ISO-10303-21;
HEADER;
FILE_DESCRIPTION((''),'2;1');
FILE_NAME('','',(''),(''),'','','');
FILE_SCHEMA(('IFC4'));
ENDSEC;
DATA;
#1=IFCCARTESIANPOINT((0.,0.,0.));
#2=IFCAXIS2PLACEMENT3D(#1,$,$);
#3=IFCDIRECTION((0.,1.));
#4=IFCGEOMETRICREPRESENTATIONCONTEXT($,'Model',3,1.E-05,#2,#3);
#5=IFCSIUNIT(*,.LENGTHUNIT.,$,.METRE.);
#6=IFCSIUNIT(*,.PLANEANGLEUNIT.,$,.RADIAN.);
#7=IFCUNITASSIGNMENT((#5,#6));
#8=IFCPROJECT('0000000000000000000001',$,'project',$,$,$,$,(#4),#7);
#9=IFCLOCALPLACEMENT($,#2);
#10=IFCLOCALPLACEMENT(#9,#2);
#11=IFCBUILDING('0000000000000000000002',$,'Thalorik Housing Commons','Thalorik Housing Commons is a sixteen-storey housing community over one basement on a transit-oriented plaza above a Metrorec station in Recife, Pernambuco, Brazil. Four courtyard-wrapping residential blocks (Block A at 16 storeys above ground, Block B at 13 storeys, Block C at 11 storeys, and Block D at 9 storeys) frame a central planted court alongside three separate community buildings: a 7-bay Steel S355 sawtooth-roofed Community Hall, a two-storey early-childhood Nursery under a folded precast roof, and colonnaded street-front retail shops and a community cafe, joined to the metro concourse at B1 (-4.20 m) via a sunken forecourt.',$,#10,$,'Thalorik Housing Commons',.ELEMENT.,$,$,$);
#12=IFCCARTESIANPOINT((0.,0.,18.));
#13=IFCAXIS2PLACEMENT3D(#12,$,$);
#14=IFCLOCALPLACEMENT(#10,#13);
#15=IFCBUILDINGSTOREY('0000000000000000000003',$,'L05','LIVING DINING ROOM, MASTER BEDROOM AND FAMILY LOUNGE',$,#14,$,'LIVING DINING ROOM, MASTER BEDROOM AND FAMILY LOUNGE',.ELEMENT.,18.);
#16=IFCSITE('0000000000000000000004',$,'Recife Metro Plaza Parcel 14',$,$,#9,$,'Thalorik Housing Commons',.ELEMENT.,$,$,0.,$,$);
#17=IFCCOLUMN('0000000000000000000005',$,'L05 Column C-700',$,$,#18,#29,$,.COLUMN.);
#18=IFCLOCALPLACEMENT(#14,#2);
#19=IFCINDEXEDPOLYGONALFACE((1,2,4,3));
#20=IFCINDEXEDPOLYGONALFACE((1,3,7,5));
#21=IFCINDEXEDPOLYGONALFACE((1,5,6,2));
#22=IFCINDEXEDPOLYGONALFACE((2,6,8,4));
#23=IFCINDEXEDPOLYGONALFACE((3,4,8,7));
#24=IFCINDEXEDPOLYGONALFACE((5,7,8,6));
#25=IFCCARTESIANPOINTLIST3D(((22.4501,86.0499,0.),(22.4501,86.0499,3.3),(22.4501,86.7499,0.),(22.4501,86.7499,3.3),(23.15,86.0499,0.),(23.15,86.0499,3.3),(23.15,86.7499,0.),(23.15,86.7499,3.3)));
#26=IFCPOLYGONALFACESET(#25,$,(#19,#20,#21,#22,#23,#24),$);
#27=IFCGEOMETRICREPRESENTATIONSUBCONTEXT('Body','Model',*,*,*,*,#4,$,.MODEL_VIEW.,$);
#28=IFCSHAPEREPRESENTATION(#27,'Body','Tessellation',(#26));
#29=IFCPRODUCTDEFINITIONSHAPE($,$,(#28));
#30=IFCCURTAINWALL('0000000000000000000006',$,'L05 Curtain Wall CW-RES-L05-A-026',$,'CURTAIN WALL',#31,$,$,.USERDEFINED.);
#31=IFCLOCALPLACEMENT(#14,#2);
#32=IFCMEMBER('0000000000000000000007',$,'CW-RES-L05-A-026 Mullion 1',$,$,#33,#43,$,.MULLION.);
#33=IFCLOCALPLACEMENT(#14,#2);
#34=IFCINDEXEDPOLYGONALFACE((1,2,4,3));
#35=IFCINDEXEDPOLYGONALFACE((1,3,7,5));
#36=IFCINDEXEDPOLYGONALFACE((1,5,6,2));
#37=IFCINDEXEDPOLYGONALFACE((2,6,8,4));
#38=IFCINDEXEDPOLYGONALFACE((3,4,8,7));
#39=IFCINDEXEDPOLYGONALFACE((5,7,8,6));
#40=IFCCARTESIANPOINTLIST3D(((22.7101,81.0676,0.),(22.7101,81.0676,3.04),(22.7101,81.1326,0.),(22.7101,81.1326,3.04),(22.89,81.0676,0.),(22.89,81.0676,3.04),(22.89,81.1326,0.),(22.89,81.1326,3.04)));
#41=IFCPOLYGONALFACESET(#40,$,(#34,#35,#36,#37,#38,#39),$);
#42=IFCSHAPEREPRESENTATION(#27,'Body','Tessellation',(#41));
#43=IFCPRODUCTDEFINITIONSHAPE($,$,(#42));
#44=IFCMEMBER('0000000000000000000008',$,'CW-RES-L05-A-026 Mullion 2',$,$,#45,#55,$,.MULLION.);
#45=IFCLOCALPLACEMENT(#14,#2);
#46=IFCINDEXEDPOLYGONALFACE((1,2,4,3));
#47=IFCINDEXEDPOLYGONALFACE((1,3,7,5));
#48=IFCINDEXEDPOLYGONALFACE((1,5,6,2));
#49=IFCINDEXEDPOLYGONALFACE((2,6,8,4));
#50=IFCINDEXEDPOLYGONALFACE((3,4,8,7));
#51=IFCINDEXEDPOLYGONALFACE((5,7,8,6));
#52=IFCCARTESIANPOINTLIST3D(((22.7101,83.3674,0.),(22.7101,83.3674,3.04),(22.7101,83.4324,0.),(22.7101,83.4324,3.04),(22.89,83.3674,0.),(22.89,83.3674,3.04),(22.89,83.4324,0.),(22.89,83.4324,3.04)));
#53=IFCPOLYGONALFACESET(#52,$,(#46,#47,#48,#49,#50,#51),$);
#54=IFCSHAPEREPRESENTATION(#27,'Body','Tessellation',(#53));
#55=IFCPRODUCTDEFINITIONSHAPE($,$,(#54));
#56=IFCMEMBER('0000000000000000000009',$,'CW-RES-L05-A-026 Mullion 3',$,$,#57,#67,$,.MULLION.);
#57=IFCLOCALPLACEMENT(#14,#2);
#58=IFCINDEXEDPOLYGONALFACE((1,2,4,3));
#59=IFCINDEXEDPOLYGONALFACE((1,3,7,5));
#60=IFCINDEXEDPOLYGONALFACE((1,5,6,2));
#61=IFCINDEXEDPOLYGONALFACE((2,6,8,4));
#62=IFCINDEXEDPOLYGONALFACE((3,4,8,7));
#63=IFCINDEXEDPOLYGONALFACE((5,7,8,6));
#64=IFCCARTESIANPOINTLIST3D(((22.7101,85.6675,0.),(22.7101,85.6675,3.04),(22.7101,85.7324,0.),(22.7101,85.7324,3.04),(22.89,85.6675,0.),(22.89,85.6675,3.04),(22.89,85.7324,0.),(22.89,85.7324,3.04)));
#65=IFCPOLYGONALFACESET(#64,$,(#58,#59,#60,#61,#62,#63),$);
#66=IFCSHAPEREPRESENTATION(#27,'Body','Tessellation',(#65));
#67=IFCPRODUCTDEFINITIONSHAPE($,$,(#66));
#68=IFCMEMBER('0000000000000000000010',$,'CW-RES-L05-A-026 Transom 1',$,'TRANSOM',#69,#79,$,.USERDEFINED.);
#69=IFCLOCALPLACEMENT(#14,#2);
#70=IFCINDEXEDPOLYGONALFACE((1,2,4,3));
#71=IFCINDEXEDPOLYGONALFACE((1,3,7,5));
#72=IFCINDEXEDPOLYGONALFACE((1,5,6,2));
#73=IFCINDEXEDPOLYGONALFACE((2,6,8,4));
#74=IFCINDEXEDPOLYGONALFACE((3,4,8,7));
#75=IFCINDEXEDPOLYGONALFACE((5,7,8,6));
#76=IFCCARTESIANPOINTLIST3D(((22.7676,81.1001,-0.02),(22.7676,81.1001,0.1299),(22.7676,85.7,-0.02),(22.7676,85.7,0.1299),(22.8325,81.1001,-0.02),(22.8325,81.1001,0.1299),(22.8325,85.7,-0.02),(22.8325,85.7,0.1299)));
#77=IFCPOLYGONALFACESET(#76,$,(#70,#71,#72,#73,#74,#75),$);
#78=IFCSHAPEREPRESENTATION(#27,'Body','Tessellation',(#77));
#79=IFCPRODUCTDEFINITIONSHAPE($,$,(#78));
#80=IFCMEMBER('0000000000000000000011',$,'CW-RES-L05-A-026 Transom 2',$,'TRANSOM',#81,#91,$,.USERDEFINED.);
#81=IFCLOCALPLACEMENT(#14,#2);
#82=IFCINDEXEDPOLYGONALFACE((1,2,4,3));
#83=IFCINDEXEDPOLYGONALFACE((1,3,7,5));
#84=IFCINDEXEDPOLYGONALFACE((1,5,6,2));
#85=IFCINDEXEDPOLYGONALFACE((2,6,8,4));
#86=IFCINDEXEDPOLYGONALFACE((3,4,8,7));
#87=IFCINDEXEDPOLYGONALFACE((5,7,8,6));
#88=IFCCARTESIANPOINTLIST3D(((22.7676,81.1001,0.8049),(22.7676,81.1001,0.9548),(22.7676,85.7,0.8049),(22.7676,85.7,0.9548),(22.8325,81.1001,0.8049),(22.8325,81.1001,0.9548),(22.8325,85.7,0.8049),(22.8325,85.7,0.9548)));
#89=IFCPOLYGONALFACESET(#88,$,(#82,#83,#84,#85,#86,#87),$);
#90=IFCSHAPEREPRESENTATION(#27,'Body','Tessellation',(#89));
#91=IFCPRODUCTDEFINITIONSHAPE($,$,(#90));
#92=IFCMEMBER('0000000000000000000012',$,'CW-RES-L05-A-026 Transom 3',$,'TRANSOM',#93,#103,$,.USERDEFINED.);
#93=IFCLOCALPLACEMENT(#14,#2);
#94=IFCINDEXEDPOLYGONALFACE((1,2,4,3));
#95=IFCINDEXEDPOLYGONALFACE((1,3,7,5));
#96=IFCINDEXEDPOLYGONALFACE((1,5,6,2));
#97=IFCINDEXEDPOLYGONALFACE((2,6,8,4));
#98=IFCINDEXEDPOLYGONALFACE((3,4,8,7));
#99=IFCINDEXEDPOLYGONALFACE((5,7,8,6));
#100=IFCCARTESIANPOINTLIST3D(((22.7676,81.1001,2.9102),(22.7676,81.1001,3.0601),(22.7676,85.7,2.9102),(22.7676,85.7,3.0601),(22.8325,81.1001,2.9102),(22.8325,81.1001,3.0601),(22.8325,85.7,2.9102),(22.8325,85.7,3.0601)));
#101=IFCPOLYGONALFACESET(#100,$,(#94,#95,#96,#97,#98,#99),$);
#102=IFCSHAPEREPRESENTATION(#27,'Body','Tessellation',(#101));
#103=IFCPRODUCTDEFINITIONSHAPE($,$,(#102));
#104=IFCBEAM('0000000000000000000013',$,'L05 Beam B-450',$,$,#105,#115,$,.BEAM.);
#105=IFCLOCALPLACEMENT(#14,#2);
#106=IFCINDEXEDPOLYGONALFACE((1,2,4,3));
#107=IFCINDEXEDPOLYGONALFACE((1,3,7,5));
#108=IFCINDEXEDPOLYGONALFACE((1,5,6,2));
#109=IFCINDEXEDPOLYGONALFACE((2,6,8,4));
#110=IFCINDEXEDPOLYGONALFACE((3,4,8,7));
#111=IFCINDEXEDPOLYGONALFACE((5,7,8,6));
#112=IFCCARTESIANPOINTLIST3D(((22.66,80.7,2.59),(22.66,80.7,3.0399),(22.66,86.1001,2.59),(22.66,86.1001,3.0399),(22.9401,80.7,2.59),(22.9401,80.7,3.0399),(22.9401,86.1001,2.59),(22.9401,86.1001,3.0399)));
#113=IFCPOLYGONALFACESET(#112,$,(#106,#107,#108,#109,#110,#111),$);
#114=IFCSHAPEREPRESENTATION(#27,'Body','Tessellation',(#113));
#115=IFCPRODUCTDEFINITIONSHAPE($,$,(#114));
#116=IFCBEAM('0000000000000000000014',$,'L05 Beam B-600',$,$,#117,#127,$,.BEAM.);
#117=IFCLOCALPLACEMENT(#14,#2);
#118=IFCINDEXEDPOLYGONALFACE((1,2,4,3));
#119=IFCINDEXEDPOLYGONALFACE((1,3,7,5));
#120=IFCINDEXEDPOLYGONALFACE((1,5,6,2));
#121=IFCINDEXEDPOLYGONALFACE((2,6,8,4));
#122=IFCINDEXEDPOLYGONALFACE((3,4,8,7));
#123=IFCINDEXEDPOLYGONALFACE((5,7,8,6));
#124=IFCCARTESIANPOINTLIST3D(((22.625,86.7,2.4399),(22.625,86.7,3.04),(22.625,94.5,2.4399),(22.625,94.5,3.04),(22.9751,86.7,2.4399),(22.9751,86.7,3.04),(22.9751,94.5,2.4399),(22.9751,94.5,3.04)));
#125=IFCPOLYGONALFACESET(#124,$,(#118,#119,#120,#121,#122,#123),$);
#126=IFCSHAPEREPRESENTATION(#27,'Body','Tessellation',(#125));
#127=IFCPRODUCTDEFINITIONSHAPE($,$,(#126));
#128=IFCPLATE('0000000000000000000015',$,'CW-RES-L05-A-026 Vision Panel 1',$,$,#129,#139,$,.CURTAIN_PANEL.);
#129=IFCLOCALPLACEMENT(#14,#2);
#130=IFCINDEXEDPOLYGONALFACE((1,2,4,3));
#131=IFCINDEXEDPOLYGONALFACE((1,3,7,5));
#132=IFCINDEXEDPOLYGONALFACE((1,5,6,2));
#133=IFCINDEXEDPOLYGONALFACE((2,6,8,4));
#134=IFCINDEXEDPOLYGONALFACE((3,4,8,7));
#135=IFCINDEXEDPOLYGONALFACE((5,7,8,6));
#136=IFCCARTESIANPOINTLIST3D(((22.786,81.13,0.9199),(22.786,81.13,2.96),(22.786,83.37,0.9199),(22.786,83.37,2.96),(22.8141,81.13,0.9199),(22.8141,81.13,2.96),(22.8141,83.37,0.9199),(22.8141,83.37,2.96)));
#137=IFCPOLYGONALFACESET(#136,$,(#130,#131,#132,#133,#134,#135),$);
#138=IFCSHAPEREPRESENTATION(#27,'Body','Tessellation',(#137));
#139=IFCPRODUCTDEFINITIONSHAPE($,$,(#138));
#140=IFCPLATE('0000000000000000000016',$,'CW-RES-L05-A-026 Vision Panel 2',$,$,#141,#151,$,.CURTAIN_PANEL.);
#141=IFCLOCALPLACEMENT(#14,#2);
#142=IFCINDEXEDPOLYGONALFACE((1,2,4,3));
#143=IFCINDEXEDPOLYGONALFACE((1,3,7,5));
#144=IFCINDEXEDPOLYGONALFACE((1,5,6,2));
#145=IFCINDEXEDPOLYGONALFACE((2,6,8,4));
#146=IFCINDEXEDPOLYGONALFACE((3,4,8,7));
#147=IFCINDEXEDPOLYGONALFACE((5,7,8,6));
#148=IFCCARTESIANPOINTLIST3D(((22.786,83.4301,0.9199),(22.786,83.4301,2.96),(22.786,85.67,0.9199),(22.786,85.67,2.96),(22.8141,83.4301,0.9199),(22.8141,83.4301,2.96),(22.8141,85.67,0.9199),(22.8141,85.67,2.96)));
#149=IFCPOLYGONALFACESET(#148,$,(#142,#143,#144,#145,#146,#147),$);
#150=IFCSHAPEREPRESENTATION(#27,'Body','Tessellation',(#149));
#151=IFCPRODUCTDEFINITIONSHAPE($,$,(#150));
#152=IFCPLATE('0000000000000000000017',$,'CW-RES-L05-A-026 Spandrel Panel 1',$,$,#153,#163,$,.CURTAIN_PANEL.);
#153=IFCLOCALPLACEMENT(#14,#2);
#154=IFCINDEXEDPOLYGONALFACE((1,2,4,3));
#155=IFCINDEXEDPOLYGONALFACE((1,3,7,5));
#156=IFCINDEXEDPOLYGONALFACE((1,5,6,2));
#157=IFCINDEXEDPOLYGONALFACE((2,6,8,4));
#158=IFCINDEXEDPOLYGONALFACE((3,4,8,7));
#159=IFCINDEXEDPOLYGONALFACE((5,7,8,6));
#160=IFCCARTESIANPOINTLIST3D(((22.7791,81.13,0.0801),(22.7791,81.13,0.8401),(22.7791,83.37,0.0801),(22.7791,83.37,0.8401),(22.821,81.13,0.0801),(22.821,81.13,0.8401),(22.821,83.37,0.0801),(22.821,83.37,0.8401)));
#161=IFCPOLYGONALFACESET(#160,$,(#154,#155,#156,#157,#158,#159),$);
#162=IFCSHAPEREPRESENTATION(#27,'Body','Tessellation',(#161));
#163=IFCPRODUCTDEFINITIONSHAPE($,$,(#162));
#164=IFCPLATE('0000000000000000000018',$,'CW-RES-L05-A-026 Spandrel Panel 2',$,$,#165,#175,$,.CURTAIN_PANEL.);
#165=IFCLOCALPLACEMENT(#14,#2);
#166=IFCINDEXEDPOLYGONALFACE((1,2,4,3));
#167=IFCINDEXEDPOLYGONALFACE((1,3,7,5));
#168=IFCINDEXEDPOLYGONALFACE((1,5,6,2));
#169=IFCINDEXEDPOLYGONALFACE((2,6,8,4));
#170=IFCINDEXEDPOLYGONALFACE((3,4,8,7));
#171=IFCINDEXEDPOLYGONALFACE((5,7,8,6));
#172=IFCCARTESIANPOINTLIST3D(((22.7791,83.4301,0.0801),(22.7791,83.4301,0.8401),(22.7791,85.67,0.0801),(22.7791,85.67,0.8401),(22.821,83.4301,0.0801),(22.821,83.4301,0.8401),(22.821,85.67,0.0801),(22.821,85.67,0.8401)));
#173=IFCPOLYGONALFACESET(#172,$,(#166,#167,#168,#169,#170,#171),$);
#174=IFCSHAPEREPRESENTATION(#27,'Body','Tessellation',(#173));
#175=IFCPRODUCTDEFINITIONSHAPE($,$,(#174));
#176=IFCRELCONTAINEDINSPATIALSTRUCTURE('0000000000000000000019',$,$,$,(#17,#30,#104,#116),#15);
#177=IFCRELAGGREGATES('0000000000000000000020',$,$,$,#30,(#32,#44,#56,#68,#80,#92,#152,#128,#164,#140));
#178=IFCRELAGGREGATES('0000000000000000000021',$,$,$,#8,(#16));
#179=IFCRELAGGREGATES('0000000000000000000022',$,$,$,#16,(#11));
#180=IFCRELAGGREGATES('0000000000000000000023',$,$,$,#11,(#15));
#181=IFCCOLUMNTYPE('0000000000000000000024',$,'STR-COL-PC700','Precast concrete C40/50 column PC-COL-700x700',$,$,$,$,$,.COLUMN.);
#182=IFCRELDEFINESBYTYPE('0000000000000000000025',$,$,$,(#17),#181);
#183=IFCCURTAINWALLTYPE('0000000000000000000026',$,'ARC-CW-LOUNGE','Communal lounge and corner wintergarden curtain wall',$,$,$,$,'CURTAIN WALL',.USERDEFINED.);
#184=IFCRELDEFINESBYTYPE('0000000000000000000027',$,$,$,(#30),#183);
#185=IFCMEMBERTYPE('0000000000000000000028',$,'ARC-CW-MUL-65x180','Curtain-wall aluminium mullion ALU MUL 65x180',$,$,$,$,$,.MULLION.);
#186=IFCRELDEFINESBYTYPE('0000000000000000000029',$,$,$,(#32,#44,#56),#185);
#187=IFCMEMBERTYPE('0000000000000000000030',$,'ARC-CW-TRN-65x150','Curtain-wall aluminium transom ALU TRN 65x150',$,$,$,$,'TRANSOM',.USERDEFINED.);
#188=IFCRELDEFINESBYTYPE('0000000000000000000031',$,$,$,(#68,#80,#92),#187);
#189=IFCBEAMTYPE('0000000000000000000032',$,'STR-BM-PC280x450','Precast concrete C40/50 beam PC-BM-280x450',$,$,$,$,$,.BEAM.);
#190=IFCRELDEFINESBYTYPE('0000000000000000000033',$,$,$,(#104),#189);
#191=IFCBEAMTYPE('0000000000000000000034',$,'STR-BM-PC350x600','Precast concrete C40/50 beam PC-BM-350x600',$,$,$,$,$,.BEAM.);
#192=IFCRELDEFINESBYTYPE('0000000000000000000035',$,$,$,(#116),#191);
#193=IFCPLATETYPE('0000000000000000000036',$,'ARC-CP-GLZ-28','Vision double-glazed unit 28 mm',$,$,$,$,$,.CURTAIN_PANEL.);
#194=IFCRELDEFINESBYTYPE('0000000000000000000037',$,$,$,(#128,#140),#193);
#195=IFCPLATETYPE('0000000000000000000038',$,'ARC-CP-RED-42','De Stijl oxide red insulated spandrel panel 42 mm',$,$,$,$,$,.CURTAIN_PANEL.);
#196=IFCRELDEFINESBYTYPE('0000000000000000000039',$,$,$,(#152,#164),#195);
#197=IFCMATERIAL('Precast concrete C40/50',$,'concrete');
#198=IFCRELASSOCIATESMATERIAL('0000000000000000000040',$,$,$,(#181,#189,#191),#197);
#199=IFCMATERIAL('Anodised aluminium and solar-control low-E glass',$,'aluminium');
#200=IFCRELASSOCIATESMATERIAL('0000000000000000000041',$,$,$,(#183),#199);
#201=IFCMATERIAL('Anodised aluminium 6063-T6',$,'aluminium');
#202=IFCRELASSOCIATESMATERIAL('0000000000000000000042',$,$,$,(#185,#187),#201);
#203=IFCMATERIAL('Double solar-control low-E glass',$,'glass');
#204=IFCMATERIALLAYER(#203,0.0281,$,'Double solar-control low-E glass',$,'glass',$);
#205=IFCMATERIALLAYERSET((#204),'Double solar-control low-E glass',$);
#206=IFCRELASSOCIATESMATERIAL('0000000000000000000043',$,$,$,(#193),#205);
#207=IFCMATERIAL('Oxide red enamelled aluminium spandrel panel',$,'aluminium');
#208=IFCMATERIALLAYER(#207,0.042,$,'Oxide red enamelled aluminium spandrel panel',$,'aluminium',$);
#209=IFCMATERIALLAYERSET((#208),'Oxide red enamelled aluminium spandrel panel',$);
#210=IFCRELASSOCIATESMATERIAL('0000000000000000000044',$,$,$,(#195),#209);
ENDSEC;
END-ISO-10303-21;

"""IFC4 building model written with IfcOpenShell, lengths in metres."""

from ifc_helpers import new_model, si_unit, direction, frame, origin, origin_2d, place, context, subcontext, project, spatial, rectangle, extrude, material, layer, layer_set, material_profile, profile_set, type_object, element, aggregate, save


model = new_model("IFC4")

# Units and contexts
model_context = context("Model", 3, precision=1e-05, world=origin(), true_north=direction((0.0, 1.0)))
body_context = subcontext(model_context, "Body", "Model", "MODEL_VIEW")
ifc_project = project(units=[si_unit("LENGTHUNIT", "METRE"), si_unit("PLANEANGLEUNIT", "RADIAN")], contexts=[model_context])

# Site, building, storey
site_placement = place(None, origin())
site = spatial("IfcSite", under=ifc_project, at=site_placement, Name="Recife Metro Plaza Parcel 14", LongName="Thalorik Housing Commons", CompositionType="ELEMENT", RefElevation=0.0)
building_placement = place(site_placement, origin())
building = spatial("IfcBuilding", under=site, at=building_placement, Name="Thalorik Housing Commons", Description="Thalorik Housing Commons is a sixteen-storey housing community over one basement on a transit-oriented plaza above a Metrorec station in Recife, Pernambuco, Brazil. Four courtyard-wrapping residential blocks (Block A at 16 storeys above ground, Block B at 13 storeys, Block C at 11 storeys, and Block D at 9 storeys) frame a central planted court alongside three separate community buildings: a 7-bay Steel S355 sawtooth-roofed Community Hall, a two-storey early-childhood Nursery under a folded precast roof, and colonnaded street-front retail shops and a community cafe, joined to the metro concourse at B1 (-4.20 m) via a sunken forecourt.", LongName="Thalorik Housing Commons", CompositionType="ELEMENT")
storey_placement = place(building_placement, frame((0.0, 0.0, 18.0)))
storey = spatial("IfcBuildingStorey", under=building, at=storey_placement, Name="L05", Description="LIVING DINING ROOM, MASTER BEDROOM AND FAMILY LOUNGE", LongName="LIVING DINING ROOM, MASTER BEDROOM AND FAMILY LOUNGE", CompositionType="ELEMENT", Elevation=18.0)

# Column
ifc_material_1 = material(Name="Precast concrete C40/50", Category="concrete")
ifc_material_profile_1 = material_profile(ifc_material_1, rectangle(XDim=0.7, YDim=0.7, at=origin_2d()), Name="PC 700x700", Category="concrete")
ifc_profile_set_1 = profile_set([ifc_material_profile_1], Name="Precast concrete C40/50")
column_type = type_object("IfcColumnType", Name="STR-COL-PC700", Description="Precast concrete C40/50 column PC-COL-700x700", PredefinedType="COLUMN", material=ifc_profile_set_1)
column_placement = place(storey_placement, frame((22.8, 86.3999, 0.0), z_axis=(0.0, 0.0, 1.0), x_axis=(1.0, 0.0, 0.0)))
element("IfcColumn", 1, at=column_placement, inside=storey, type_object=column_type, Name="L05 Column C-700", PredefinedType="COLUMN", context=body_context, shape_type="SweptSolid", body=[
    extrude(rectangle(XDim=0.7, YDim=0.7, at=origin_2d()), origin(), (0.0, 0.0, 1.0), 3.3),
])

# Curtain wall, members
ifc_material_2 = material(Name="Anodised aluminium and solar-control low-E glass", Category="aluminium")
curtain_wall_type = type_object("IfcCurtainWallType", Name="ARC-CW-LOUNGE", Description="Communal lounge and corner wintergarden curtain wall", ElementType="CURTAIN WALL", PredefinedType="USERDEFINED", material=ifc_material_2)
curtain_wall_placement = place(storey_placement, origin())
curtain_wall = element("IfcCurtainWall", 2, at=curtain_wall_placement, inside=storey, type_object=curtain_wall_type, Name="L05 Curtain Wall CW-RES-L05-A-026", ObjectType="CURTAIN WALL", PredefinedType="USERDEFINED")
ifc_material_3 = material(Name="Anodised aluminium 6063-T6", Category="aluminium")
ifc_material_profile_2 = material_profile(ifc_material_3, rectangle(XDim=0.0649, YDim=0.1799, at=origin_2d()), Name="ALU MUL 65x180", Category="aluminium")
ifc_profile_set_2 = profile_set([ifc_material_profile_2], Name="Anodised aluminium 6063-T6")
member_type_1 = type_object("IfcMemberType", Name="ARC-CW-MUL-65x180", Description="Curtain-wall aluminium mullion ALU MUL 65x180", PredefinedType="MULLION", material=ifc_profile_set_2)
member_1_placement = place(storey_placement, frame((22.8, 81.1001, 0.0), z_axis=(0.0, 0.0, 1.0), x_axis=(0.0, 1.0, 0.0)))
member_1 = element("IfcMember", 3, at=member_1_placement, type_object=member_type_1, Name="CW-RES-L05-A-026 Mullion 1", PredefinedType="MULLION", context=body_context, shape_type="SweptSolid", body=[
    extrude(rectangle(XDim=0.0649, YDim=0.1799, at=origin_2d()), origin(), (0.0, 0.0, 1.0), 3.04),
])
member_2_placement = place(storey_placement, frame((22.8, 83.3999, 0.0), z_axis=(0.0, 0.0, 1.0), x_axis=(0.0, 1.0, 0.0)))
member_2 = element("IfcMember", 4, at=member_2_placement, type_object=member_type_1, Name="CW-RES-L05-A-026 Mullion 2", PredefinedType="MULLION", context=body_context, shape_type="SweptSolid", body=[
    extrude(rectangle(XDim=0.0649, YDim=0.1799, at=origin_2d()), origin(), (0.0, 0.0, 1.0), 3.04),
])
member_3_placement = place(storey_placement, frame((22.8, 85.7, 0.0), z_axis=(0.0, 0.0, 1.0), x_axis=(0.0, 1.0, 0.0)))
member_3 = element("IfcMember", 5, at=member_3_placement, type_object=member_type_1, Name="CW-RES-L05-A-026 Mullion 3", PredefinedType="MULLION", context=body_context, shape_type="SweptSolid", body=[
    extrude(rectangle(XDim=0.0649, YDim=0.1799, at=origin_2d()), origin(), (0.0, 0.0, 1.0), 3.04),
])
ifc_material_profile_3 = material_profile(ifc_material_3, rectangle(XDim=0.0649, YDim=0.1499, at=origin_2d()), Name="ALU TRN 65x150", Category="aluminium")
ifc_profile_set_3 = profile_set([ifc_material_profile_3], Name="Anodised aluminium 6063-T6")
member_type_2 = type_object("IfcMemberType", Name="ARC-CW-TRN-65x150", Description="Curtain-wall aluminium transom ALU TRN 65x150", ElementType="TRANSOM", PredefinedType="USERDEFINED", material=ifc_profile_set_3)
member_4_placement = place(storey_placement, frame((22.8, 81.1001, 0.0549), z_axis=(0.0, 1.0, 0.0), x_axis=(-1.0, 0.0, 0.0)))
member_4 = element("IfcMember", 6, at=member_4_placement, type_object=member_type_2, Name="CW-RES-L05-A-026 Transom 1", ObjectType="TRANSOM", PredefinedType="USERDEFINED", context=body_context, shape_type="SweptSolid", body=[
    extrude(rectangle(XDim=0.0649, YDim=0.1499, at=origin_2d()), origin(), (0.0, 0.0, 1.0), 4.5999),
])
member_5_placement = place(storey_placement, frame((22.8, 81.1001, 0.8799), z_axis=(0.0, 1.0, 0.0), x_axis=(-1.0, 0.0, 0.0)))
member_5 = element("IfcMember", 7, at=member_5_placement, type_object=member_type_2, Name="CW-RES-L05-A-026 Transom 2", ObjectType="TRANSOM", PredefinedType="USERDEFINED", context=body_context, shape_type="SweptSolid", body=[
    extrude(rectangle(XDim=0.0649, YDim=0.1499, at=origin_2d()), origin(), (0.0, 0.0, 1.0), 4.5999),
])
member_6_placement = place(storey_placement, frame((22.8, 81.1001, 2.9851), z_axis=(0.0, 1.0, 0.0), x_axis=(-1.0, 0.0, 0.0)))
member_6 = element("IfcMember", 8, at=member_6_placement, type_object=member_type_2, Name="CW-RES-L05-A-026 Transom 3", ObjectType="TRANSOM", PredefinedType="USERDEFINED", context=body_context, shape_type="SweptSolid", body=[
    extrude(rectangle(XDim=0.0649, YDim=0.1499, at=origin_2d()), origin(), (0.0, 0.0, 1.0), 4.5999),
])

# Beams
ifc_material_profile_4 = material_profile(ifc_material_1, rectangle(XDim=0.28, YDim=0.45, at=origin_2d()), Name="PC 280x450", Category="concrete")
ifc_profile_set_4 = profile_set([ifc_material_profile_4], Name="Precast concrete C40/50")
beam_type_1 = type_object("IfcBeamType", Name="STR-BM-PC280x450", Description="Precast concrete C40/50 beam PC-BM-280x450", PredefinedType="BEAM", material=ifc_profile_set_4)
beam_1_placement = place(storey_placement, frame((22.8, 80.7, 2.8149), z_axis=(0.0, 1.0, 0.0), x_axis=(-1.0, 0.0, 0.0)))
element("IfcBeam", 9, at=beam_1_placement, inside=storey, type_object=beam_type_1, Name="L05 Beam B-450", PredefinedType="BEAM", context=body_context, shape_type="SweptSolid", body=[
    extrude(rectangle(XDim=0.28, YDim=0.45, at=origin_2d()), origin(), (0.0, 0.0, 1.0), 5.4001),
])
ifc_material_profile_5 = material_profile(ifc_material_1, rectangle(XDim=0.3501, YDim=0.6001, at=origin_2d()), Name="PC 350x600", Category="concrete")
ifc_profile_set_5 = profile_set([ifc_material_profile_5], Name="Precast concrete C40/50")
beam_type_2 = type_object("IfcBeamType", Name="STR-BM-PC350x600", Description="Precast concrete C40/50 beam PC-BM-350x600", PredefinedType="BEAM", material=ifc_profile_set_5)
beam_2_placement = place(storey_placement, frame((22.8, 86.7, 2.74), z_axis=(0.0, 1.0, 0.0), x_axis=(-1.0, 0.0, 0.0)))
element("IfcBeam", 10, at=beam_2_placement, inside=storey, type_object=beam_type_2, Name="L05 Beam B-600", PredefinedType="BEAM", context=body_context, shape_type="SweptSolid", body=[
    extrude(rectangle(XDim=0.3501, YDim=0.6001, at=origin_2d()), origin(), (0.0, 0.0, 1.0), 7.8),
])

# Plates
ifc_material_4 = material(Name="Double solar-control low-E glass", Category="glass")
ifc_layer_1 = layer(ifc_material_4, 0.0281, Name="Double solar-control low-E glass", Category="glass")
ifc_layer_set_1 = layer_set([ifc_layer_1], Name="Double solar-control low-E glass")
plate_type_1 = type_object("IfcPlateType", Name="ARC-CP-GLZ-28", Description="Vision double-glazed unit 28 mm", PredefinedType="CURTAIN_PANEL", material=ifc_layer_set_1)
plate_1_placement = place(storey_placement, frame((22.8, 82.25, 0.9199), z_axis=(0.0, 0.0, 1.0), x_axis=(0.0, 1.0, 0.0)))
plate_1 = element("IfcPlate", 11, at=plate_1_placement, type_object=plate_type_1, Name="CW-RES-L05-A-026 Vision Panel 1", PredefinedType="CURTAIN_PANEL", context=body_context, shape_type="SweptSolid", body=[
    extrude(rectangle(XDim=2.24, YDim=0.0281, at=origin_2d()), origin(), (0.0, 0.0, 1.0), 2.04),
])
plate_2_placement = place(storey_placement, frame((22.8, 84.55, 0.9199), z_axis=(0.0, 0.0, 1.0), x_axis=(0.0, 1.0, 0.0)))
plate_2 = element("IfcPlate", 12, at=plate_2_placement, type_object=plate_type_1, Name="CW-RES-L05-A-026 Vision Panel 2", PredefinedType="CURTAIN_PANEL", context=body_context, shape_type="SweptSolid", body=[
    extrude(rectangle(XDim=2.24, YDim=0.0281, at=origin_2d()), origin(), (0.0, 0.0, 1.0), 2.04),
])
ifc_material_5 = material(Name="Oxide red enamelled aluminium spandrel panel", Category="aluminium")
ifc_layer_2 = layer(ifc_material_5, 0.042, Name="Oxide red enamelled aluminium spandrel panel", Category="aluminium")
ifc_layer_set_2 = layer_set([ifc_layer_2], Name="Oxide red enamelled aluminium spandrel panel")
plate_type_2 = type_object("IfcPlateType", Name="ARC-CP-RED-42", Description="De Stijl oxide red insulated spandrel panel 42 mm", PredefinedType="CURTAIN_PANEL", material=ifc_layer_set_2)
plate_3_placement = place(storey_placement, frame((22.8, 82.25, 0.0801), z_axis=(0.0, 0.0, 1.0), x_axis=(0.0, 1.0, 0.0)))
plate_3 = element("IfcPlate", 13, at=plate_3_placement, type_object=plate_type_2, Name="CW-RES-L05-A-026 Spandrel Panel 1", PredefinedType="CURTAIN_PANEL", context=body_context, shape_type="SweptSolid", body=[
    extrude(rectangle(XDim=2.24, YDim=0.042, at=origin_2d()), origin(), (0.0, 0.0, 1.0), 0.76),
])
plate_4_placement = place(storey_placement, frame((22.8, 84.55, 0.0801), z_axis=(0.0, 0.0, 1.0), x_axis=(0.0, 1.0, 0.0)))
plate_4 = element("IfcPlate", 14, at=plate_4_placement, type_object=plate_type_2, Name="CW-RES-L05-A-026 Spandrel Panel 2", PredefinedType="CURTAIN_PANEL", context=body_context, shape_type="SweptSolid", body=[
    extrude(rectangle(XDim=2.24, YDim=0.042, at=origin_2d()), origin(), (0.0, 0.0, 1.0), 0.76),
])
aggregate(curtain_wall, [member_1, member_2, member_3, member_4, member_5, member_6, plate_3, plate_1, plate_4, plate_2])

save(model, "model.ifc")
